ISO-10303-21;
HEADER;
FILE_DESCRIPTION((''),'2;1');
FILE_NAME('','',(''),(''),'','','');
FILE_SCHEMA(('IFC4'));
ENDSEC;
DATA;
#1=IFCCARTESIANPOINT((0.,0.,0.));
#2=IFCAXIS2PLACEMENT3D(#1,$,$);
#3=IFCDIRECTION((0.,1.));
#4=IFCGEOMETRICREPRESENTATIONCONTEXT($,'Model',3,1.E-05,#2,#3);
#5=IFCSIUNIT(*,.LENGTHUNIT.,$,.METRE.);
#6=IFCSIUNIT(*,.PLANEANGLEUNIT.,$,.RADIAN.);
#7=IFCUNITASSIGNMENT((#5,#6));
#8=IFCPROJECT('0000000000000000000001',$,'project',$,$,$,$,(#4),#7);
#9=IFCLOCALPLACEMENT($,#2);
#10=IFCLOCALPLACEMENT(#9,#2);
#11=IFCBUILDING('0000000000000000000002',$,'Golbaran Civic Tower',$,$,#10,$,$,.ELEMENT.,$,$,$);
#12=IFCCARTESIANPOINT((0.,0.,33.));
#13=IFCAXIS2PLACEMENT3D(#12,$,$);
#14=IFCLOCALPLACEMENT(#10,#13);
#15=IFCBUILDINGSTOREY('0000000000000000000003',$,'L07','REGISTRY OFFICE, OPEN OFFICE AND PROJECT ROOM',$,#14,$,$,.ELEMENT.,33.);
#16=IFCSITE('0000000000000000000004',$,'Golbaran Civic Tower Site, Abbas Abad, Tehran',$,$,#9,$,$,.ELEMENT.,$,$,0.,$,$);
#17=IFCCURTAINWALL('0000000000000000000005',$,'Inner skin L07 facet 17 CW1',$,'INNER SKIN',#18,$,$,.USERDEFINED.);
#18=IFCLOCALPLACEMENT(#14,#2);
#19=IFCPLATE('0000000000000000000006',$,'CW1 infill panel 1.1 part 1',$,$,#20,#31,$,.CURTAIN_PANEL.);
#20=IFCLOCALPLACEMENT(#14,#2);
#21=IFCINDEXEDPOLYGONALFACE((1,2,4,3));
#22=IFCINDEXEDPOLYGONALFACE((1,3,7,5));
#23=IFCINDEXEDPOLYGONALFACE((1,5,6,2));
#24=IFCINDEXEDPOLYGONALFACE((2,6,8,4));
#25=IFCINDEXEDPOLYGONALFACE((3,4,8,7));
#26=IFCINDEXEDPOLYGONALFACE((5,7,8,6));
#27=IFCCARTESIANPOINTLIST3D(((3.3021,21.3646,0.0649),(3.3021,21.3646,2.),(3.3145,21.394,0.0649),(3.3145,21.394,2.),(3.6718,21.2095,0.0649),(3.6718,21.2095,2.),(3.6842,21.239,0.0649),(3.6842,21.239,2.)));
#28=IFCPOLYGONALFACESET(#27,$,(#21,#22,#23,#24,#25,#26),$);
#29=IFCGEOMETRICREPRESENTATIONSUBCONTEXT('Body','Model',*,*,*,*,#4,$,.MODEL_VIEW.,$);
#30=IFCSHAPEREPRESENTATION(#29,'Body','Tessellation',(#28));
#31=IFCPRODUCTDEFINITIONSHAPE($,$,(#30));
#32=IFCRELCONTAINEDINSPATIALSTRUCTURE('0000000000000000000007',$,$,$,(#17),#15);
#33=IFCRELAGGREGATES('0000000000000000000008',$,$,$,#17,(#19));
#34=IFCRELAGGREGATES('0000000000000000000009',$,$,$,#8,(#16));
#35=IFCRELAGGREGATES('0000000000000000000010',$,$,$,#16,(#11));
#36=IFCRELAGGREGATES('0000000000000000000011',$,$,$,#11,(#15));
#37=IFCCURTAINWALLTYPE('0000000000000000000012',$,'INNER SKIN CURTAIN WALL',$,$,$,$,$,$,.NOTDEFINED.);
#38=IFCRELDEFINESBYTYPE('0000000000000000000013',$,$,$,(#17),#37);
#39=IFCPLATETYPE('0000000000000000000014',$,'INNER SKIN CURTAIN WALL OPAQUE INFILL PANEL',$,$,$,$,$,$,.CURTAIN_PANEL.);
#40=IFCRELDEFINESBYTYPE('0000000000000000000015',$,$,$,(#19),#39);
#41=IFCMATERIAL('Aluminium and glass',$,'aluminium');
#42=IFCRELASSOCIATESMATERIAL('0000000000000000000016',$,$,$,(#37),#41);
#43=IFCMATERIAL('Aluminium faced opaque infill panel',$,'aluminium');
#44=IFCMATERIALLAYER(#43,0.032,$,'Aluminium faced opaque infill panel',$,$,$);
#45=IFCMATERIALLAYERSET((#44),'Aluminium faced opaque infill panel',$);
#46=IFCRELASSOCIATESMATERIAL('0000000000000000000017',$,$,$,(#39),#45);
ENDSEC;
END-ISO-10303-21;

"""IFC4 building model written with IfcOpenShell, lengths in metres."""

from ifc_helpers import new_model, si_unit, direction, frame, origin, origin_2d, place, context, subcontext, project, spatial, rectangle, extrude, material, layer, layer_set, type_object, element, aggregate, save


model = new_model("IFC4")

# Units and contexts
model_context = context("Model", 3, precision=1e-05, world=origin(), true_north=direction((0.0, 1.0)))
body_context = subcontext(model_context, "Body", "Model", "MODEL_VIEW")
ifc_project = project(units=[si_unit("LENGTHUNIT", "METRE"), si_unit("PLANEANGLEUNIT", "RADIAN")], contexts=[model_context])

# Site, building, storey
site_placement = place(None, origin())
site = spatial("IfcSite", under=ifc_project, at=site_placement, Name="Golbaran Civic Tower Site, Abbas Abad, Tehran", CompositionType="ELEMENT", RefElevation=0.0)
building_placement = place(site_placement, origin())
building = spatial("IfcBuilding", under=site, at=building_placement, Name="Golbaran Civic Tower", CompositionType="ELEMENT")
storey_placement = place(building_placement, frame((0.0, 0.0, 33.0)))
storey = spatial("IfcBuildingStorey", under=building, at=storey_placement, Name="L07", Description="REGISTRY OFFICE, OPEN OFFICE AND PROJECT ROOM", CompositionType="ELEMENT", Elevation=33.0)

# Curtain wall
ifc_material_1 = material(Name="Aluminium and glass", Category="aluminium")
curtain_wall_type = type_object("IfcCurtainWallType", Name="INNER SKIN CURTAIN WALL", PredefinedType="NOTDEFINED", material=ifc_material_1)
curtain_wall_1_placement = place(storey_placement, origin())
curtain_wall_1 = element("IfcCurtainWall", 1, at=curtain_wall_1_placement, inside=storey, type_object=curtain_wall_type, Name="Inner skin L07 facet 17 CW1", ObjectType="INNER SKIN", PredefinedType="USERDEFINED")

# Plate
ifc_material_2 = material(Name="Aluminium faced opaque infill panel", Category="aluminium")
ifc_layer_1 = layer(ifc_material_2, 0.032, Name="Aluminium faced opaque infill panel")
ifc_layer_set_1 = layer_set([ifc_layer_1], Name="Aluminium faced opaque infill panel")
plate_type_1 = type_object("IfcPlateType", Name="INNER SKIN CURTAIN WALL OPAQUE INFILL PANEL", PredefinedType="CURTAIN_PANEL", material=ifc_layer_set_1)
plate_1_placement = place(storey_placement, frame((3.4932, 21.3018, 0.0649), z_axis=(0.0, 0.0, 1.0), x_axis=(-0.922133, 0.386873, 0.0)))
plate_1 = element("IfcPlate", 2, at=plate_1_placement, type_object=plate_type_1, Name="CW1 infill panel 1.1 part 1", PredefinedType="CURTAIN_PANEL", context=body_context, shape_type="SweptSolid", body=[
    extrude(rectangle(XDim=0.4009, YDim=0.032, at=origin_2d()), origin(), (0.0, 0.0, 1.0), 1.9351),
])
aggregate(curtain_wall_1, [plate_1])

save(model, "model.ifc")
